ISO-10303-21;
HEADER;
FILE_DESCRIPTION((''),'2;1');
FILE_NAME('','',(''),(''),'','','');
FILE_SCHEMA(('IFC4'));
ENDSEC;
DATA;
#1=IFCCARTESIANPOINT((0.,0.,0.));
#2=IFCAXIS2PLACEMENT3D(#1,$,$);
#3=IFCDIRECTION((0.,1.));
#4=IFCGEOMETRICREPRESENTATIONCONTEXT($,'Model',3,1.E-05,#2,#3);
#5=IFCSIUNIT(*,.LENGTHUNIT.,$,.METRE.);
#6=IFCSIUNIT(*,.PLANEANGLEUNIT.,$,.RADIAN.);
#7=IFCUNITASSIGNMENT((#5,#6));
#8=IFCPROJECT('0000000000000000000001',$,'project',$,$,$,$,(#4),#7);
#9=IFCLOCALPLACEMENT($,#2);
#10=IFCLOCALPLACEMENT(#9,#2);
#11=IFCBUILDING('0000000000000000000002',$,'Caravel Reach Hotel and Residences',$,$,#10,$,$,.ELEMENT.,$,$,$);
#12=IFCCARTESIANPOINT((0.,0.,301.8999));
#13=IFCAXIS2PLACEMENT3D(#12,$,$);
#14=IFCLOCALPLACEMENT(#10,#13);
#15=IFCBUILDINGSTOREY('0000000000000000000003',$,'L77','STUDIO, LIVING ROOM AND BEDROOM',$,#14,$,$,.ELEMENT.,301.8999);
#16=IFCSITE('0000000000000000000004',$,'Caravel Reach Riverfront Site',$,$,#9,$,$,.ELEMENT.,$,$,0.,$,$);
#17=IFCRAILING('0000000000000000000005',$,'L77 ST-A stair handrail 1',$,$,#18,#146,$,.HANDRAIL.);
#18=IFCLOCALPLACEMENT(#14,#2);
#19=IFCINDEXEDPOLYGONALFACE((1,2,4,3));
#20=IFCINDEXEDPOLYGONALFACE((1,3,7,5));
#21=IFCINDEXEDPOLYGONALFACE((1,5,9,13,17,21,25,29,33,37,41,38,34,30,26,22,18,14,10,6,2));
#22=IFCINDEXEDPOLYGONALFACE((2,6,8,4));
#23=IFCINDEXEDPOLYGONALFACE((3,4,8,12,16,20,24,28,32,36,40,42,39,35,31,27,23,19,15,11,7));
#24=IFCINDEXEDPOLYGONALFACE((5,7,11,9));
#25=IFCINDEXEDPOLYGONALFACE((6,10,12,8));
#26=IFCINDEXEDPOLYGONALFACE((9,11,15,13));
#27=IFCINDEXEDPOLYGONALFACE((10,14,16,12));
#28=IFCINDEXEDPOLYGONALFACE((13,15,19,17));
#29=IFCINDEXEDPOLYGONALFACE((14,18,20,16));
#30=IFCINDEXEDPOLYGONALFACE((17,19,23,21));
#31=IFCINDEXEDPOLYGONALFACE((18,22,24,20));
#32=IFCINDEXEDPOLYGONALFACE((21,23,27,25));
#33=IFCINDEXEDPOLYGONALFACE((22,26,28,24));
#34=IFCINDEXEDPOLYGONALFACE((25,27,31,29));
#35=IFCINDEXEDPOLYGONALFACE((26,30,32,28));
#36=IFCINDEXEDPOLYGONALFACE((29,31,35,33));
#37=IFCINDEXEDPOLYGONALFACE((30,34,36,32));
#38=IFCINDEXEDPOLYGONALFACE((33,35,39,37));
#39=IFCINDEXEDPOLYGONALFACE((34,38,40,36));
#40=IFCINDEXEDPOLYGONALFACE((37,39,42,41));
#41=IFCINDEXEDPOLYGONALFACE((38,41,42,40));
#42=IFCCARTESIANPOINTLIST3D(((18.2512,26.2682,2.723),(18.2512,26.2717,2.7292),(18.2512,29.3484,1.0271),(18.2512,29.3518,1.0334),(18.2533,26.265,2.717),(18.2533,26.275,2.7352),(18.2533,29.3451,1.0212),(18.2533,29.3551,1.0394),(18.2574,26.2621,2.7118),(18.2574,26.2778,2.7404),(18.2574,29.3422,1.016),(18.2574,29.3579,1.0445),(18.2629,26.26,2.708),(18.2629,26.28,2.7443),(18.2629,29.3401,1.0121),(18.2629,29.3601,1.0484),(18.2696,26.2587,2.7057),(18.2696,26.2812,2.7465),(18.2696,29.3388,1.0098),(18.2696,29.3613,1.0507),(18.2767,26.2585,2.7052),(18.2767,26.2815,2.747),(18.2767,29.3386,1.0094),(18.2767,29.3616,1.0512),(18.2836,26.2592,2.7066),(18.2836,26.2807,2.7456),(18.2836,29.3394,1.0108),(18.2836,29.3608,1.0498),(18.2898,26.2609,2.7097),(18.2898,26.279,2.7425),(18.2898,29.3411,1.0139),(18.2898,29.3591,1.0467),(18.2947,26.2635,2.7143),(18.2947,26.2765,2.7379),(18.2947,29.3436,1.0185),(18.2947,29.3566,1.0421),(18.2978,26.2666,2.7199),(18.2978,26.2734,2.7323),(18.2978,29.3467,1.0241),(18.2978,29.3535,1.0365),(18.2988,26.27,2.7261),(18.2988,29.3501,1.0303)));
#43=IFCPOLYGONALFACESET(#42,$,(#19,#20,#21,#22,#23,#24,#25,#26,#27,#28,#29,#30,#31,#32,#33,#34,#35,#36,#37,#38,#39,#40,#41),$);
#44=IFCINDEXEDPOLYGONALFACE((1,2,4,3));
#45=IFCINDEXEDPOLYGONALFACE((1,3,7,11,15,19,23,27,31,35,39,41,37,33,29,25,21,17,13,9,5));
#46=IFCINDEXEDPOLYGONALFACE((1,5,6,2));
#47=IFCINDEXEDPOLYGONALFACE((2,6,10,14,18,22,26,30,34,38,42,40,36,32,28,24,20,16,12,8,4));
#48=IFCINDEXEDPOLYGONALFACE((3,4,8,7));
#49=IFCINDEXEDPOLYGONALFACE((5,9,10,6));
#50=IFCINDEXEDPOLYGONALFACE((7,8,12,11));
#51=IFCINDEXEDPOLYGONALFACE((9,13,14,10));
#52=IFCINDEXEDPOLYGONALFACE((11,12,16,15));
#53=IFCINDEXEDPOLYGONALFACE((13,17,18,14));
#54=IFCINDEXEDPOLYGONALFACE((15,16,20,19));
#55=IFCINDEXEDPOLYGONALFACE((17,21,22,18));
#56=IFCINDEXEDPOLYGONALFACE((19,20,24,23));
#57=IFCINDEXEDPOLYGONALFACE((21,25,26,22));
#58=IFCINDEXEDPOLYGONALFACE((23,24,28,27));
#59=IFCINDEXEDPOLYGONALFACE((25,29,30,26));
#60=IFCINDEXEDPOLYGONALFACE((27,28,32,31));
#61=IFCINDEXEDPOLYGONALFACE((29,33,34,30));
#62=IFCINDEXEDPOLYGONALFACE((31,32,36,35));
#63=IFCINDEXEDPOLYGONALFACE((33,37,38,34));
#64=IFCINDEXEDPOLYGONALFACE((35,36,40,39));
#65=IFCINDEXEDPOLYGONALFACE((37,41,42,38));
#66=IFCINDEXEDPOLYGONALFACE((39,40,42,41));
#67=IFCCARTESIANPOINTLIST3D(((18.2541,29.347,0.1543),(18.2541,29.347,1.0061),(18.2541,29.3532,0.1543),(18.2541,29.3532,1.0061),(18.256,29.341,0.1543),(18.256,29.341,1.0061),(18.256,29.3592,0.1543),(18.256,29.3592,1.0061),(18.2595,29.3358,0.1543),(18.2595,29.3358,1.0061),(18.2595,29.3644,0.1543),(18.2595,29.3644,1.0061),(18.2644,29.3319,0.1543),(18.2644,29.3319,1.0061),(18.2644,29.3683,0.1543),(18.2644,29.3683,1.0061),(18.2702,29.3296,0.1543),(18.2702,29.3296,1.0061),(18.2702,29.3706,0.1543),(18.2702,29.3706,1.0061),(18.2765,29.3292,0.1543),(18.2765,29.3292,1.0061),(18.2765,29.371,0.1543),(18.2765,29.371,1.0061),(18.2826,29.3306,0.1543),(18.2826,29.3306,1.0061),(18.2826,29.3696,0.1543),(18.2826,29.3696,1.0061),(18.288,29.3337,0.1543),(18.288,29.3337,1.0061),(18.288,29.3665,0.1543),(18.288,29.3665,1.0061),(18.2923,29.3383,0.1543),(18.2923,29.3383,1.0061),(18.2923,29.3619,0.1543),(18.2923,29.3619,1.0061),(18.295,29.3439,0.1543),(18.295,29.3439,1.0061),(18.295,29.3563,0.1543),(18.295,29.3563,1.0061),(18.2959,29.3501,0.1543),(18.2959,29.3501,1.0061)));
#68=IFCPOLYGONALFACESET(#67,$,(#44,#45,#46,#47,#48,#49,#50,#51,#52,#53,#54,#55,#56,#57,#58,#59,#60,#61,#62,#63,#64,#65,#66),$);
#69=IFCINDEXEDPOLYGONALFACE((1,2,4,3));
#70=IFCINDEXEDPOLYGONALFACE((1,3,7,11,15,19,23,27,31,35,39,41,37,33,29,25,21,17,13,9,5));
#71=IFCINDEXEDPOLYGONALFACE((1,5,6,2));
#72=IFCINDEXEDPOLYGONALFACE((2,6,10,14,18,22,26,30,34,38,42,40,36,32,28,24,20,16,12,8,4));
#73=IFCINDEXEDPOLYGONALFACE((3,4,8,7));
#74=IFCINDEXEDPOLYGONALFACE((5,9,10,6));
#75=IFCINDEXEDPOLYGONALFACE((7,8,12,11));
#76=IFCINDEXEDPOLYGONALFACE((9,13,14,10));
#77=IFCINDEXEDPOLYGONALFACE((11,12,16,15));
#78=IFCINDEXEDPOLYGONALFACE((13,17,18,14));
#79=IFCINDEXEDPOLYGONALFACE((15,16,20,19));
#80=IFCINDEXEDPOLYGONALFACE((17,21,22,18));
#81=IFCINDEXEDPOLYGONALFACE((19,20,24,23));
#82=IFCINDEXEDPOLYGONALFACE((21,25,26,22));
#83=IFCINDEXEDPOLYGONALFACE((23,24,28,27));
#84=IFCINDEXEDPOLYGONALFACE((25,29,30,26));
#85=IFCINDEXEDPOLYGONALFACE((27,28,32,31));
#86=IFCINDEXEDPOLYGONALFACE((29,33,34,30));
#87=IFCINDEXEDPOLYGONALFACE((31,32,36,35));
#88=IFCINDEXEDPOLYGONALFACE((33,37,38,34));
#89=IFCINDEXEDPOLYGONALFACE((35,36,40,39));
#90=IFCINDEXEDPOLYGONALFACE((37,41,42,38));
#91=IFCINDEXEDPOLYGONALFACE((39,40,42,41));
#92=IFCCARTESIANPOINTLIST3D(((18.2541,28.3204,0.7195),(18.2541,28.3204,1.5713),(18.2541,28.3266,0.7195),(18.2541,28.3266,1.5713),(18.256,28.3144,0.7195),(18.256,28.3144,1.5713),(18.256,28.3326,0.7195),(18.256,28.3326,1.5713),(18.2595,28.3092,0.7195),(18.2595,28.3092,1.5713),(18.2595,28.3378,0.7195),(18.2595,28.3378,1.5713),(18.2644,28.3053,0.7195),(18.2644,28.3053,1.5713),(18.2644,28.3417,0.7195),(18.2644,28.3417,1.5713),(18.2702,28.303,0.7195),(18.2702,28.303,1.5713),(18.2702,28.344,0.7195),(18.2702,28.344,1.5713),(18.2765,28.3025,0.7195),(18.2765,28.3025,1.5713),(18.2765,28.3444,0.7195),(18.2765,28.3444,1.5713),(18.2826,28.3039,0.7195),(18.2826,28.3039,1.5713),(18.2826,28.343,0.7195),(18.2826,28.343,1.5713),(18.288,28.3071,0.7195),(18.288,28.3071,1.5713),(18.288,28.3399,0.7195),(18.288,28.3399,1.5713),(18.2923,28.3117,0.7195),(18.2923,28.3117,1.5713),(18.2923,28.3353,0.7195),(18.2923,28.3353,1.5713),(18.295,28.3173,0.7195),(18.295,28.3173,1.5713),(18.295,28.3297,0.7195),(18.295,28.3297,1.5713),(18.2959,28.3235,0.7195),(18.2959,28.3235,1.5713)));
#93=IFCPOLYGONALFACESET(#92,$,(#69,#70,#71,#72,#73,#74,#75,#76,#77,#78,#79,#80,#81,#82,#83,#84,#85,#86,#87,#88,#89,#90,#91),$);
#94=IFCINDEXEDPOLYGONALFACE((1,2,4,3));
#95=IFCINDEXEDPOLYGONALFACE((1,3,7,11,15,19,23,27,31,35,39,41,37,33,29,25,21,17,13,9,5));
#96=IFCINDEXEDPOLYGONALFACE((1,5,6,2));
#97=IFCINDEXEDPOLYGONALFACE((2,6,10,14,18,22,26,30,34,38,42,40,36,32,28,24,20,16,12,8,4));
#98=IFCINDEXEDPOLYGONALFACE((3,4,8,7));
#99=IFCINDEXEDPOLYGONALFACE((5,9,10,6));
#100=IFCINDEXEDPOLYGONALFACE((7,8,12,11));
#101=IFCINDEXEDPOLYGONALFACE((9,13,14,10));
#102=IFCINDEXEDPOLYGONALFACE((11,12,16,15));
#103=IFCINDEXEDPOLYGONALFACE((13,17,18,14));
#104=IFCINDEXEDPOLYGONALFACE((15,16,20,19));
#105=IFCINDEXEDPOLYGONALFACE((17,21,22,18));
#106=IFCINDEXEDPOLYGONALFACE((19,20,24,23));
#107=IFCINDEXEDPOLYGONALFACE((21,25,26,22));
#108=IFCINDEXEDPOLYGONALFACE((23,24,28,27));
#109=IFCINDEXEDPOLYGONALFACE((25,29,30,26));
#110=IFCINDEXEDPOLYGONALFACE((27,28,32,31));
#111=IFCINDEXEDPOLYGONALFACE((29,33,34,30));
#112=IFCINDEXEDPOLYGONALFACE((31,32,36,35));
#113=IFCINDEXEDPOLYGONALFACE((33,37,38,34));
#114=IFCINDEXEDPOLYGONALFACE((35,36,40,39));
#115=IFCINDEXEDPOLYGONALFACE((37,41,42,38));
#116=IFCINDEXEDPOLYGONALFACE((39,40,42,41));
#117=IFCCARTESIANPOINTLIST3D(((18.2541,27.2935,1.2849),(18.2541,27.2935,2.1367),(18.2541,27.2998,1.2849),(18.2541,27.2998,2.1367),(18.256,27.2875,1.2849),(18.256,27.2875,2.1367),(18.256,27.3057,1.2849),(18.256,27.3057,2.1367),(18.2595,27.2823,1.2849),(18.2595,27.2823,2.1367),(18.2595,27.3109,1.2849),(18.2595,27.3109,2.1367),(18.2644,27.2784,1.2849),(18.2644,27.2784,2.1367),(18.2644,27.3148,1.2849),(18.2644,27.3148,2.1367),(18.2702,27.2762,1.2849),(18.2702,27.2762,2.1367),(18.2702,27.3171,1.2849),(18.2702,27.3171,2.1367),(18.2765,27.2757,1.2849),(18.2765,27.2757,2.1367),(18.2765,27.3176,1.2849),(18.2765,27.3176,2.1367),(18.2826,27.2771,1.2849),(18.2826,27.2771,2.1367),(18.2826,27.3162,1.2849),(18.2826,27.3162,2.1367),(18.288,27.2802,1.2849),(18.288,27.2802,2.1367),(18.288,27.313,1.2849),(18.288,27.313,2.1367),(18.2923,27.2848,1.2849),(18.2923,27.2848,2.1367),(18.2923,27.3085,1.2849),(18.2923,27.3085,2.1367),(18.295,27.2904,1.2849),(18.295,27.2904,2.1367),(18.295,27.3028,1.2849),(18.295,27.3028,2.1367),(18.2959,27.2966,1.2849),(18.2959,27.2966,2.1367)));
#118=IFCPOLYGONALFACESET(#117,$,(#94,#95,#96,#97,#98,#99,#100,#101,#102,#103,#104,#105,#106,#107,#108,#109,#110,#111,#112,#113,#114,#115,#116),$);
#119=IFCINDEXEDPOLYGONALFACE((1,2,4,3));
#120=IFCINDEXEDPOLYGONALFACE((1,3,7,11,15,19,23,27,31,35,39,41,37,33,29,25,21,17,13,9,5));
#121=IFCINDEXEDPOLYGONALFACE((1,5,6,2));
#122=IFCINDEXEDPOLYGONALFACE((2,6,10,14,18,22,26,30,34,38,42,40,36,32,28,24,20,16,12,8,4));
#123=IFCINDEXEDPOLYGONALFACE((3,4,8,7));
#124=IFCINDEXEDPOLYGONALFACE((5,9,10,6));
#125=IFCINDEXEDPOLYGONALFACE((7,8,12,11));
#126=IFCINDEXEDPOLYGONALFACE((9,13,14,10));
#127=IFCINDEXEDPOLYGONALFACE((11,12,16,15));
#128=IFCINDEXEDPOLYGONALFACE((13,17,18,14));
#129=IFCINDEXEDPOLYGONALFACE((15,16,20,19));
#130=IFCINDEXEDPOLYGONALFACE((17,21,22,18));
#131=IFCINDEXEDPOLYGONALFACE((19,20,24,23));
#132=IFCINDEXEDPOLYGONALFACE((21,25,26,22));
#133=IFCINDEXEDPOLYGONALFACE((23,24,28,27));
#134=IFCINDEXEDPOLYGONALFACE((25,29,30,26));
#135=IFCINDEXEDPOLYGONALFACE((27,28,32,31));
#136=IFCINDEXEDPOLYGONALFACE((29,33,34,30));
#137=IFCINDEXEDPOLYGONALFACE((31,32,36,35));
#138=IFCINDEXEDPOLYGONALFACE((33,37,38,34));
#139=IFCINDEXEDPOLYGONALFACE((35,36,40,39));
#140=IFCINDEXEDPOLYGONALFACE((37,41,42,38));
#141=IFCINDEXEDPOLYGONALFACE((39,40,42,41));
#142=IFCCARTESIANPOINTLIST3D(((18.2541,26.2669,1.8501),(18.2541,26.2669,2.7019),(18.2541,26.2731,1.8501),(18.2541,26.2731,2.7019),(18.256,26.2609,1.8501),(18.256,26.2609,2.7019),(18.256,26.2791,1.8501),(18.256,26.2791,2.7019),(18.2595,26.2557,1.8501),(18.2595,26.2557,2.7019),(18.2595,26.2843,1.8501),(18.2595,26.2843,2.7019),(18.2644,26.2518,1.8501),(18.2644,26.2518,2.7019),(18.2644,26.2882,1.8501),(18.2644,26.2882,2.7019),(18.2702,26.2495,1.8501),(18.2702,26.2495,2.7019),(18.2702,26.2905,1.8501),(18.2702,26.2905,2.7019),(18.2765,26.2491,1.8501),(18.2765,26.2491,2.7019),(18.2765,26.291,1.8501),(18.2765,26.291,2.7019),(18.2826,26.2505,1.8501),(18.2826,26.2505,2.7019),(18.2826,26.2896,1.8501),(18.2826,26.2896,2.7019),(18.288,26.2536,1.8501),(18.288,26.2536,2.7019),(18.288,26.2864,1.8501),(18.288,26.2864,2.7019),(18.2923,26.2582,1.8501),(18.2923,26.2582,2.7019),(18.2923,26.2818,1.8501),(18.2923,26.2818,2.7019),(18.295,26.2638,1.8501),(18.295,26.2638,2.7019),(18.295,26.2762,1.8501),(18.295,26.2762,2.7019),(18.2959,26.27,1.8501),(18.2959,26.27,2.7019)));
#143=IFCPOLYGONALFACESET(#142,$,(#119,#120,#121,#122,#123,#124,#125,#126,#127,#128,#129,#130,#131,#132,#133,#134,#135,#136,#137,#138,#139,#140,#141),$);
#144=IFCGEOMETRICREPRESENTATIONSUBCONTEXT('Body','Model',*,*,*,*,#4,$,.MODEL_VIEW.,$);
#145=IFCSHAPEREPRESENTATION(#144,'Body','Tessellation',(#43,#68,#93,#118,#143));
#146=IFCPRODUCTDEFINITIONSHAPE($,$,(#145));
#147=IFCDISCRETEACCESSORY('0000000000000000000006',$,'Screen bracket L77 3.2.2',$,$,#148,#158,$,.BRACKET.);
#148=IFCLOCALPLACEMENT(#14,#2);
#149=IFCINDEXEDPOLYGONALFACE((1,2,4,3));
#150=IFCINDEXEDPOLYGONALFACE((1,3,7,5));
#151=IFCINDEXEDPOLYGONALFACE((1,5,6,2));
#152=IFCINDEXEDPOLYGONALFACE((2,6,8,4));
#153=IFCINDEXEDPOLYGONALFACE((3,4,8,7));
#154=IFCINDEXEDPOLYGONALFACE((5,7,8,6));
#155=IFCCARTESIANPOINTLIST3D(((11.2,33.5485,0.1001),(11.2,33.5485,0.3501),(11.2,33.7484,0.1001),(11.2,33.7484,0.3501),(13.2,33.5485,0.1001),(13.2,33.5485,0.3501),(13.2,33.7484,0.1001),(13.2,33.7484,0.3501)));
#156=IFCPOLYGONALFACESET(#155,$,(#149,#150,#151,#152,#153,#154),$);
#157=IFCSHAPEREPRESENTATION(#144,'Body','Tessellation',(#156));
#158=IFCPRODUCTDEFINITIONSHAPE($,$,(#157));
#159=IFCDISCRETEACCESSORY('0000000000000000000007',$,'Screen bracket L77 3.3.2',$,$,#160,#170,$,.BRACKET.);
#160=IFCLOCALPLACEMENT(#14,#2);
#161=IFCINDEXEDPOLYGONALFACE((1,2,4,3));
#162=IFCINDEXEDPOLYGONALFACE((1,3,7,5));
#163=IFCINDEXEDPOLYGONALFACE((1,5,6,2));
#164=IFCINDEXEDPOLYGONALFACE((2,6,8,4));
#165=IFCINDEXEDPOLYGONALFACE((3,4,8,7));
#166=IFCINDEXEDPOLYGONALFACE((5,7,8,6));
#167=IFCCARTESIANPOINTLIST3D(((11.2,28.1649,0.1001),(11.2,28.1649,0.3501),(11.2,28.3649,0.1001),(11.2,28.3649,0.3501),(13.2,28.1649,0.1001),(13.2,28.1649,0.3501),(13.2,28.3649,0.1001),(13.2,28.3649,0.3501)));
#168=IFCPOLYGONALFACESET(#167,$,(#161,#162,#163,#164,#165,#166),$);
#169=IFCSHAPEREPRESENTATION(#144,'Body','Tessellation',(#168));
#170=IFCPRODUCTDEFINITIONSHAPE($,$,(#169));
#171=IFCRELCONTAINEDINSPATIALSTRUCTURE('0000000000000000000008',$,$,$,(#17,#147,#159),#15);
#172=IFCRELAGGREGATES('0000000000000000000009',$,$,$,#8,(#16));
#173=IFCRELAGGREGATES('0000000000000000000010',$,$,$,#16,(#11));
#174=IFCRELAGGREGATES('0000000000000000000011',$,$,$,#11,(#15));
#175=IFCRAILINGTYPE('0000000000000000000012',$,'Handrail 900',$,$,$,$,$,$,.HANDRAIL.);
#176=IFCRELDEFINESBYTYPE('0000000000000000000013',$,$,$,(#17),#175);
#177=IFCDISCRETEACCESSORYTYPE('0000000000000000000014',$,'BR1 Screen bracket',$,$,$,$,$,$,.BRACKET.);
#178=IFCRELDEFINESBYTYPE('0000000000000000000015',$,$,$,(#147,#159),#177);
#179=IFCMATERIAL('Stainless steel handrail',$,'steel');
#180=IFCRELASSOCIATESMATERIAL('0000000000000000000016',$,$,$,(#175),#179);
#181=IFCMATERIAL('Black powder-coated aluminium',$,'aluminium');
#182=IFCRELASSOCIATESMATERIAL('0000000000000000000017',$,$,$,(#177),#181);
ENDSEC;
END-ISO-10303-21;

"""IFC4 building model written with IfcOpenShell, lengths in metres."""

from ifc_helpers import new_model, si_unit, direction, frame, origin, origin_2d, place, context, subcontext, project, spatial, rectangle, circle, extrude, material, type_object, element, save


model = new_model("IFC4")

# Units and contexts
model_context = context("Model", 3, precision=1e-05, world=origin(), true_north=direction((0.0, 1.0)))
body_context = subcontext(model_context, "Body", "Model", "MODEL_VIEW")
ifc_project = project(units=[si_unit("LENGTHUNIT", "METRE"), si_unit("PLANEANGLEUNIT", "RADIAN")], contexts=[model_context])

# Site, building, storey
site_placement = place(None, origin())
site = spatial("IfcSite", under=ifc_project, at=site_placement, Name="Caravel Reach Riverfront Site", CompositionType="ELEMENT", RefElevation=0.0)
building_placement = place(site_placement, origin())
building = spatial("IfcBuilding", under=site, at=building_placement, Name="Caravel Reach Hotel and Residences", CompositionType="ELEMENT")
storey_placement = place(building_placement, frame((0.0, 0.0, 301.8999)))
storey = spatial("IfcBuildingStorey", under=building, at=storey_placement, Name="L77", Description="STUDIO, LIVING ROOM AND BEDROOM", CompositionType="ELEMENT", Elevation=301.8999)

# Railing
ifc_material_1 = material(Name="Stainless steel handrail", Category="steel")
railing_type_1 = type_object("IfcRailingType", Name="Handrail 900", PredefinedType="HANDRAIL", material=ifc_material_1)
railing_1_placement = place(storey_placement, frame((18.2749, 29.3501, 0.1543)))
element("IfcRailing", 1, at=railing_1_placement, inside=storey, type_object=railing_type_1, Name="L77 ST-A stair handrail 1", PredefinedType="HANDRAIL", context=body_context, shape_type="SweptSolid", body=[
    extrude(circle(Radius=0.0239, at=origin_2d()), frame((0.0, 0.0, 0.876), z_axis=(0.0, -0.876005, 0.482303), x_axis=(1.0, 0.0, 0.0)), (0.0, 0.0, 1.0), 3.5161),
    extrude(circle(Radius=0.021, at=origin_2d()), origin(), (0.0, 0.0, 1.0), 0.8518),
    extrude(circle(Radius=0.021, at=origin_2d()), frame((0.0, -1.0266, 0.5652)), (0.0, 0.0, 1.0), 0.8518),
    extrude(circle(Radius=0.021, at=origin_2d()), frame((0.0, -2.0535, 1.1306)), (0.0, 0.0, 1.0), 0.8518),
    extrude(circle(Radius=0.021, at=origin_2d()), frame((0.0, -3.0801, 1.6958)), (0.0, 0.0, 1.0), 0.8518),
])

# Discrete accessories
ifc_material_2 = material(Name="Black powder-coated aluminium", Category="aluminium")
discrete_accessory_type = type_object("IfcDiscreteAccessoryType", Name="BR1 Screen bracket", PredefinedType="BRACKET", material=ifc_material_2)
for number, where, z_axis, x_axis, name in (
    (2, (12.2, 33.6484, 0.1001), (0.0, 0.0, 1.0), (-1.0, 0.0, 0.0), "Screen bracket L77 3.2.2"),
    (3, (12.2, 28.2649, 0.1001), (0.0, 0.0, 1.0), (-1.0, 0.0, 0.0), "Screen bracket L77 3.3.2"),
):
    element("IfcDiscreteAccessory", number, at=place(storey_placement, frame(where, z_axis=z_axis, x_axis=x_axis)), inside=storey, type_object=discrete_accessory_type, Name=name, PredefinedType="BRACKET", context=body_context, shape_type="SweptSolid", body=[
        extrude(rectangle(XDim=2.0, YDim=0.2, at=origin_2d()), origin(), (0.0, 0.0, 1.0), 0.25),
    ])

save(model, "model.ifc")
